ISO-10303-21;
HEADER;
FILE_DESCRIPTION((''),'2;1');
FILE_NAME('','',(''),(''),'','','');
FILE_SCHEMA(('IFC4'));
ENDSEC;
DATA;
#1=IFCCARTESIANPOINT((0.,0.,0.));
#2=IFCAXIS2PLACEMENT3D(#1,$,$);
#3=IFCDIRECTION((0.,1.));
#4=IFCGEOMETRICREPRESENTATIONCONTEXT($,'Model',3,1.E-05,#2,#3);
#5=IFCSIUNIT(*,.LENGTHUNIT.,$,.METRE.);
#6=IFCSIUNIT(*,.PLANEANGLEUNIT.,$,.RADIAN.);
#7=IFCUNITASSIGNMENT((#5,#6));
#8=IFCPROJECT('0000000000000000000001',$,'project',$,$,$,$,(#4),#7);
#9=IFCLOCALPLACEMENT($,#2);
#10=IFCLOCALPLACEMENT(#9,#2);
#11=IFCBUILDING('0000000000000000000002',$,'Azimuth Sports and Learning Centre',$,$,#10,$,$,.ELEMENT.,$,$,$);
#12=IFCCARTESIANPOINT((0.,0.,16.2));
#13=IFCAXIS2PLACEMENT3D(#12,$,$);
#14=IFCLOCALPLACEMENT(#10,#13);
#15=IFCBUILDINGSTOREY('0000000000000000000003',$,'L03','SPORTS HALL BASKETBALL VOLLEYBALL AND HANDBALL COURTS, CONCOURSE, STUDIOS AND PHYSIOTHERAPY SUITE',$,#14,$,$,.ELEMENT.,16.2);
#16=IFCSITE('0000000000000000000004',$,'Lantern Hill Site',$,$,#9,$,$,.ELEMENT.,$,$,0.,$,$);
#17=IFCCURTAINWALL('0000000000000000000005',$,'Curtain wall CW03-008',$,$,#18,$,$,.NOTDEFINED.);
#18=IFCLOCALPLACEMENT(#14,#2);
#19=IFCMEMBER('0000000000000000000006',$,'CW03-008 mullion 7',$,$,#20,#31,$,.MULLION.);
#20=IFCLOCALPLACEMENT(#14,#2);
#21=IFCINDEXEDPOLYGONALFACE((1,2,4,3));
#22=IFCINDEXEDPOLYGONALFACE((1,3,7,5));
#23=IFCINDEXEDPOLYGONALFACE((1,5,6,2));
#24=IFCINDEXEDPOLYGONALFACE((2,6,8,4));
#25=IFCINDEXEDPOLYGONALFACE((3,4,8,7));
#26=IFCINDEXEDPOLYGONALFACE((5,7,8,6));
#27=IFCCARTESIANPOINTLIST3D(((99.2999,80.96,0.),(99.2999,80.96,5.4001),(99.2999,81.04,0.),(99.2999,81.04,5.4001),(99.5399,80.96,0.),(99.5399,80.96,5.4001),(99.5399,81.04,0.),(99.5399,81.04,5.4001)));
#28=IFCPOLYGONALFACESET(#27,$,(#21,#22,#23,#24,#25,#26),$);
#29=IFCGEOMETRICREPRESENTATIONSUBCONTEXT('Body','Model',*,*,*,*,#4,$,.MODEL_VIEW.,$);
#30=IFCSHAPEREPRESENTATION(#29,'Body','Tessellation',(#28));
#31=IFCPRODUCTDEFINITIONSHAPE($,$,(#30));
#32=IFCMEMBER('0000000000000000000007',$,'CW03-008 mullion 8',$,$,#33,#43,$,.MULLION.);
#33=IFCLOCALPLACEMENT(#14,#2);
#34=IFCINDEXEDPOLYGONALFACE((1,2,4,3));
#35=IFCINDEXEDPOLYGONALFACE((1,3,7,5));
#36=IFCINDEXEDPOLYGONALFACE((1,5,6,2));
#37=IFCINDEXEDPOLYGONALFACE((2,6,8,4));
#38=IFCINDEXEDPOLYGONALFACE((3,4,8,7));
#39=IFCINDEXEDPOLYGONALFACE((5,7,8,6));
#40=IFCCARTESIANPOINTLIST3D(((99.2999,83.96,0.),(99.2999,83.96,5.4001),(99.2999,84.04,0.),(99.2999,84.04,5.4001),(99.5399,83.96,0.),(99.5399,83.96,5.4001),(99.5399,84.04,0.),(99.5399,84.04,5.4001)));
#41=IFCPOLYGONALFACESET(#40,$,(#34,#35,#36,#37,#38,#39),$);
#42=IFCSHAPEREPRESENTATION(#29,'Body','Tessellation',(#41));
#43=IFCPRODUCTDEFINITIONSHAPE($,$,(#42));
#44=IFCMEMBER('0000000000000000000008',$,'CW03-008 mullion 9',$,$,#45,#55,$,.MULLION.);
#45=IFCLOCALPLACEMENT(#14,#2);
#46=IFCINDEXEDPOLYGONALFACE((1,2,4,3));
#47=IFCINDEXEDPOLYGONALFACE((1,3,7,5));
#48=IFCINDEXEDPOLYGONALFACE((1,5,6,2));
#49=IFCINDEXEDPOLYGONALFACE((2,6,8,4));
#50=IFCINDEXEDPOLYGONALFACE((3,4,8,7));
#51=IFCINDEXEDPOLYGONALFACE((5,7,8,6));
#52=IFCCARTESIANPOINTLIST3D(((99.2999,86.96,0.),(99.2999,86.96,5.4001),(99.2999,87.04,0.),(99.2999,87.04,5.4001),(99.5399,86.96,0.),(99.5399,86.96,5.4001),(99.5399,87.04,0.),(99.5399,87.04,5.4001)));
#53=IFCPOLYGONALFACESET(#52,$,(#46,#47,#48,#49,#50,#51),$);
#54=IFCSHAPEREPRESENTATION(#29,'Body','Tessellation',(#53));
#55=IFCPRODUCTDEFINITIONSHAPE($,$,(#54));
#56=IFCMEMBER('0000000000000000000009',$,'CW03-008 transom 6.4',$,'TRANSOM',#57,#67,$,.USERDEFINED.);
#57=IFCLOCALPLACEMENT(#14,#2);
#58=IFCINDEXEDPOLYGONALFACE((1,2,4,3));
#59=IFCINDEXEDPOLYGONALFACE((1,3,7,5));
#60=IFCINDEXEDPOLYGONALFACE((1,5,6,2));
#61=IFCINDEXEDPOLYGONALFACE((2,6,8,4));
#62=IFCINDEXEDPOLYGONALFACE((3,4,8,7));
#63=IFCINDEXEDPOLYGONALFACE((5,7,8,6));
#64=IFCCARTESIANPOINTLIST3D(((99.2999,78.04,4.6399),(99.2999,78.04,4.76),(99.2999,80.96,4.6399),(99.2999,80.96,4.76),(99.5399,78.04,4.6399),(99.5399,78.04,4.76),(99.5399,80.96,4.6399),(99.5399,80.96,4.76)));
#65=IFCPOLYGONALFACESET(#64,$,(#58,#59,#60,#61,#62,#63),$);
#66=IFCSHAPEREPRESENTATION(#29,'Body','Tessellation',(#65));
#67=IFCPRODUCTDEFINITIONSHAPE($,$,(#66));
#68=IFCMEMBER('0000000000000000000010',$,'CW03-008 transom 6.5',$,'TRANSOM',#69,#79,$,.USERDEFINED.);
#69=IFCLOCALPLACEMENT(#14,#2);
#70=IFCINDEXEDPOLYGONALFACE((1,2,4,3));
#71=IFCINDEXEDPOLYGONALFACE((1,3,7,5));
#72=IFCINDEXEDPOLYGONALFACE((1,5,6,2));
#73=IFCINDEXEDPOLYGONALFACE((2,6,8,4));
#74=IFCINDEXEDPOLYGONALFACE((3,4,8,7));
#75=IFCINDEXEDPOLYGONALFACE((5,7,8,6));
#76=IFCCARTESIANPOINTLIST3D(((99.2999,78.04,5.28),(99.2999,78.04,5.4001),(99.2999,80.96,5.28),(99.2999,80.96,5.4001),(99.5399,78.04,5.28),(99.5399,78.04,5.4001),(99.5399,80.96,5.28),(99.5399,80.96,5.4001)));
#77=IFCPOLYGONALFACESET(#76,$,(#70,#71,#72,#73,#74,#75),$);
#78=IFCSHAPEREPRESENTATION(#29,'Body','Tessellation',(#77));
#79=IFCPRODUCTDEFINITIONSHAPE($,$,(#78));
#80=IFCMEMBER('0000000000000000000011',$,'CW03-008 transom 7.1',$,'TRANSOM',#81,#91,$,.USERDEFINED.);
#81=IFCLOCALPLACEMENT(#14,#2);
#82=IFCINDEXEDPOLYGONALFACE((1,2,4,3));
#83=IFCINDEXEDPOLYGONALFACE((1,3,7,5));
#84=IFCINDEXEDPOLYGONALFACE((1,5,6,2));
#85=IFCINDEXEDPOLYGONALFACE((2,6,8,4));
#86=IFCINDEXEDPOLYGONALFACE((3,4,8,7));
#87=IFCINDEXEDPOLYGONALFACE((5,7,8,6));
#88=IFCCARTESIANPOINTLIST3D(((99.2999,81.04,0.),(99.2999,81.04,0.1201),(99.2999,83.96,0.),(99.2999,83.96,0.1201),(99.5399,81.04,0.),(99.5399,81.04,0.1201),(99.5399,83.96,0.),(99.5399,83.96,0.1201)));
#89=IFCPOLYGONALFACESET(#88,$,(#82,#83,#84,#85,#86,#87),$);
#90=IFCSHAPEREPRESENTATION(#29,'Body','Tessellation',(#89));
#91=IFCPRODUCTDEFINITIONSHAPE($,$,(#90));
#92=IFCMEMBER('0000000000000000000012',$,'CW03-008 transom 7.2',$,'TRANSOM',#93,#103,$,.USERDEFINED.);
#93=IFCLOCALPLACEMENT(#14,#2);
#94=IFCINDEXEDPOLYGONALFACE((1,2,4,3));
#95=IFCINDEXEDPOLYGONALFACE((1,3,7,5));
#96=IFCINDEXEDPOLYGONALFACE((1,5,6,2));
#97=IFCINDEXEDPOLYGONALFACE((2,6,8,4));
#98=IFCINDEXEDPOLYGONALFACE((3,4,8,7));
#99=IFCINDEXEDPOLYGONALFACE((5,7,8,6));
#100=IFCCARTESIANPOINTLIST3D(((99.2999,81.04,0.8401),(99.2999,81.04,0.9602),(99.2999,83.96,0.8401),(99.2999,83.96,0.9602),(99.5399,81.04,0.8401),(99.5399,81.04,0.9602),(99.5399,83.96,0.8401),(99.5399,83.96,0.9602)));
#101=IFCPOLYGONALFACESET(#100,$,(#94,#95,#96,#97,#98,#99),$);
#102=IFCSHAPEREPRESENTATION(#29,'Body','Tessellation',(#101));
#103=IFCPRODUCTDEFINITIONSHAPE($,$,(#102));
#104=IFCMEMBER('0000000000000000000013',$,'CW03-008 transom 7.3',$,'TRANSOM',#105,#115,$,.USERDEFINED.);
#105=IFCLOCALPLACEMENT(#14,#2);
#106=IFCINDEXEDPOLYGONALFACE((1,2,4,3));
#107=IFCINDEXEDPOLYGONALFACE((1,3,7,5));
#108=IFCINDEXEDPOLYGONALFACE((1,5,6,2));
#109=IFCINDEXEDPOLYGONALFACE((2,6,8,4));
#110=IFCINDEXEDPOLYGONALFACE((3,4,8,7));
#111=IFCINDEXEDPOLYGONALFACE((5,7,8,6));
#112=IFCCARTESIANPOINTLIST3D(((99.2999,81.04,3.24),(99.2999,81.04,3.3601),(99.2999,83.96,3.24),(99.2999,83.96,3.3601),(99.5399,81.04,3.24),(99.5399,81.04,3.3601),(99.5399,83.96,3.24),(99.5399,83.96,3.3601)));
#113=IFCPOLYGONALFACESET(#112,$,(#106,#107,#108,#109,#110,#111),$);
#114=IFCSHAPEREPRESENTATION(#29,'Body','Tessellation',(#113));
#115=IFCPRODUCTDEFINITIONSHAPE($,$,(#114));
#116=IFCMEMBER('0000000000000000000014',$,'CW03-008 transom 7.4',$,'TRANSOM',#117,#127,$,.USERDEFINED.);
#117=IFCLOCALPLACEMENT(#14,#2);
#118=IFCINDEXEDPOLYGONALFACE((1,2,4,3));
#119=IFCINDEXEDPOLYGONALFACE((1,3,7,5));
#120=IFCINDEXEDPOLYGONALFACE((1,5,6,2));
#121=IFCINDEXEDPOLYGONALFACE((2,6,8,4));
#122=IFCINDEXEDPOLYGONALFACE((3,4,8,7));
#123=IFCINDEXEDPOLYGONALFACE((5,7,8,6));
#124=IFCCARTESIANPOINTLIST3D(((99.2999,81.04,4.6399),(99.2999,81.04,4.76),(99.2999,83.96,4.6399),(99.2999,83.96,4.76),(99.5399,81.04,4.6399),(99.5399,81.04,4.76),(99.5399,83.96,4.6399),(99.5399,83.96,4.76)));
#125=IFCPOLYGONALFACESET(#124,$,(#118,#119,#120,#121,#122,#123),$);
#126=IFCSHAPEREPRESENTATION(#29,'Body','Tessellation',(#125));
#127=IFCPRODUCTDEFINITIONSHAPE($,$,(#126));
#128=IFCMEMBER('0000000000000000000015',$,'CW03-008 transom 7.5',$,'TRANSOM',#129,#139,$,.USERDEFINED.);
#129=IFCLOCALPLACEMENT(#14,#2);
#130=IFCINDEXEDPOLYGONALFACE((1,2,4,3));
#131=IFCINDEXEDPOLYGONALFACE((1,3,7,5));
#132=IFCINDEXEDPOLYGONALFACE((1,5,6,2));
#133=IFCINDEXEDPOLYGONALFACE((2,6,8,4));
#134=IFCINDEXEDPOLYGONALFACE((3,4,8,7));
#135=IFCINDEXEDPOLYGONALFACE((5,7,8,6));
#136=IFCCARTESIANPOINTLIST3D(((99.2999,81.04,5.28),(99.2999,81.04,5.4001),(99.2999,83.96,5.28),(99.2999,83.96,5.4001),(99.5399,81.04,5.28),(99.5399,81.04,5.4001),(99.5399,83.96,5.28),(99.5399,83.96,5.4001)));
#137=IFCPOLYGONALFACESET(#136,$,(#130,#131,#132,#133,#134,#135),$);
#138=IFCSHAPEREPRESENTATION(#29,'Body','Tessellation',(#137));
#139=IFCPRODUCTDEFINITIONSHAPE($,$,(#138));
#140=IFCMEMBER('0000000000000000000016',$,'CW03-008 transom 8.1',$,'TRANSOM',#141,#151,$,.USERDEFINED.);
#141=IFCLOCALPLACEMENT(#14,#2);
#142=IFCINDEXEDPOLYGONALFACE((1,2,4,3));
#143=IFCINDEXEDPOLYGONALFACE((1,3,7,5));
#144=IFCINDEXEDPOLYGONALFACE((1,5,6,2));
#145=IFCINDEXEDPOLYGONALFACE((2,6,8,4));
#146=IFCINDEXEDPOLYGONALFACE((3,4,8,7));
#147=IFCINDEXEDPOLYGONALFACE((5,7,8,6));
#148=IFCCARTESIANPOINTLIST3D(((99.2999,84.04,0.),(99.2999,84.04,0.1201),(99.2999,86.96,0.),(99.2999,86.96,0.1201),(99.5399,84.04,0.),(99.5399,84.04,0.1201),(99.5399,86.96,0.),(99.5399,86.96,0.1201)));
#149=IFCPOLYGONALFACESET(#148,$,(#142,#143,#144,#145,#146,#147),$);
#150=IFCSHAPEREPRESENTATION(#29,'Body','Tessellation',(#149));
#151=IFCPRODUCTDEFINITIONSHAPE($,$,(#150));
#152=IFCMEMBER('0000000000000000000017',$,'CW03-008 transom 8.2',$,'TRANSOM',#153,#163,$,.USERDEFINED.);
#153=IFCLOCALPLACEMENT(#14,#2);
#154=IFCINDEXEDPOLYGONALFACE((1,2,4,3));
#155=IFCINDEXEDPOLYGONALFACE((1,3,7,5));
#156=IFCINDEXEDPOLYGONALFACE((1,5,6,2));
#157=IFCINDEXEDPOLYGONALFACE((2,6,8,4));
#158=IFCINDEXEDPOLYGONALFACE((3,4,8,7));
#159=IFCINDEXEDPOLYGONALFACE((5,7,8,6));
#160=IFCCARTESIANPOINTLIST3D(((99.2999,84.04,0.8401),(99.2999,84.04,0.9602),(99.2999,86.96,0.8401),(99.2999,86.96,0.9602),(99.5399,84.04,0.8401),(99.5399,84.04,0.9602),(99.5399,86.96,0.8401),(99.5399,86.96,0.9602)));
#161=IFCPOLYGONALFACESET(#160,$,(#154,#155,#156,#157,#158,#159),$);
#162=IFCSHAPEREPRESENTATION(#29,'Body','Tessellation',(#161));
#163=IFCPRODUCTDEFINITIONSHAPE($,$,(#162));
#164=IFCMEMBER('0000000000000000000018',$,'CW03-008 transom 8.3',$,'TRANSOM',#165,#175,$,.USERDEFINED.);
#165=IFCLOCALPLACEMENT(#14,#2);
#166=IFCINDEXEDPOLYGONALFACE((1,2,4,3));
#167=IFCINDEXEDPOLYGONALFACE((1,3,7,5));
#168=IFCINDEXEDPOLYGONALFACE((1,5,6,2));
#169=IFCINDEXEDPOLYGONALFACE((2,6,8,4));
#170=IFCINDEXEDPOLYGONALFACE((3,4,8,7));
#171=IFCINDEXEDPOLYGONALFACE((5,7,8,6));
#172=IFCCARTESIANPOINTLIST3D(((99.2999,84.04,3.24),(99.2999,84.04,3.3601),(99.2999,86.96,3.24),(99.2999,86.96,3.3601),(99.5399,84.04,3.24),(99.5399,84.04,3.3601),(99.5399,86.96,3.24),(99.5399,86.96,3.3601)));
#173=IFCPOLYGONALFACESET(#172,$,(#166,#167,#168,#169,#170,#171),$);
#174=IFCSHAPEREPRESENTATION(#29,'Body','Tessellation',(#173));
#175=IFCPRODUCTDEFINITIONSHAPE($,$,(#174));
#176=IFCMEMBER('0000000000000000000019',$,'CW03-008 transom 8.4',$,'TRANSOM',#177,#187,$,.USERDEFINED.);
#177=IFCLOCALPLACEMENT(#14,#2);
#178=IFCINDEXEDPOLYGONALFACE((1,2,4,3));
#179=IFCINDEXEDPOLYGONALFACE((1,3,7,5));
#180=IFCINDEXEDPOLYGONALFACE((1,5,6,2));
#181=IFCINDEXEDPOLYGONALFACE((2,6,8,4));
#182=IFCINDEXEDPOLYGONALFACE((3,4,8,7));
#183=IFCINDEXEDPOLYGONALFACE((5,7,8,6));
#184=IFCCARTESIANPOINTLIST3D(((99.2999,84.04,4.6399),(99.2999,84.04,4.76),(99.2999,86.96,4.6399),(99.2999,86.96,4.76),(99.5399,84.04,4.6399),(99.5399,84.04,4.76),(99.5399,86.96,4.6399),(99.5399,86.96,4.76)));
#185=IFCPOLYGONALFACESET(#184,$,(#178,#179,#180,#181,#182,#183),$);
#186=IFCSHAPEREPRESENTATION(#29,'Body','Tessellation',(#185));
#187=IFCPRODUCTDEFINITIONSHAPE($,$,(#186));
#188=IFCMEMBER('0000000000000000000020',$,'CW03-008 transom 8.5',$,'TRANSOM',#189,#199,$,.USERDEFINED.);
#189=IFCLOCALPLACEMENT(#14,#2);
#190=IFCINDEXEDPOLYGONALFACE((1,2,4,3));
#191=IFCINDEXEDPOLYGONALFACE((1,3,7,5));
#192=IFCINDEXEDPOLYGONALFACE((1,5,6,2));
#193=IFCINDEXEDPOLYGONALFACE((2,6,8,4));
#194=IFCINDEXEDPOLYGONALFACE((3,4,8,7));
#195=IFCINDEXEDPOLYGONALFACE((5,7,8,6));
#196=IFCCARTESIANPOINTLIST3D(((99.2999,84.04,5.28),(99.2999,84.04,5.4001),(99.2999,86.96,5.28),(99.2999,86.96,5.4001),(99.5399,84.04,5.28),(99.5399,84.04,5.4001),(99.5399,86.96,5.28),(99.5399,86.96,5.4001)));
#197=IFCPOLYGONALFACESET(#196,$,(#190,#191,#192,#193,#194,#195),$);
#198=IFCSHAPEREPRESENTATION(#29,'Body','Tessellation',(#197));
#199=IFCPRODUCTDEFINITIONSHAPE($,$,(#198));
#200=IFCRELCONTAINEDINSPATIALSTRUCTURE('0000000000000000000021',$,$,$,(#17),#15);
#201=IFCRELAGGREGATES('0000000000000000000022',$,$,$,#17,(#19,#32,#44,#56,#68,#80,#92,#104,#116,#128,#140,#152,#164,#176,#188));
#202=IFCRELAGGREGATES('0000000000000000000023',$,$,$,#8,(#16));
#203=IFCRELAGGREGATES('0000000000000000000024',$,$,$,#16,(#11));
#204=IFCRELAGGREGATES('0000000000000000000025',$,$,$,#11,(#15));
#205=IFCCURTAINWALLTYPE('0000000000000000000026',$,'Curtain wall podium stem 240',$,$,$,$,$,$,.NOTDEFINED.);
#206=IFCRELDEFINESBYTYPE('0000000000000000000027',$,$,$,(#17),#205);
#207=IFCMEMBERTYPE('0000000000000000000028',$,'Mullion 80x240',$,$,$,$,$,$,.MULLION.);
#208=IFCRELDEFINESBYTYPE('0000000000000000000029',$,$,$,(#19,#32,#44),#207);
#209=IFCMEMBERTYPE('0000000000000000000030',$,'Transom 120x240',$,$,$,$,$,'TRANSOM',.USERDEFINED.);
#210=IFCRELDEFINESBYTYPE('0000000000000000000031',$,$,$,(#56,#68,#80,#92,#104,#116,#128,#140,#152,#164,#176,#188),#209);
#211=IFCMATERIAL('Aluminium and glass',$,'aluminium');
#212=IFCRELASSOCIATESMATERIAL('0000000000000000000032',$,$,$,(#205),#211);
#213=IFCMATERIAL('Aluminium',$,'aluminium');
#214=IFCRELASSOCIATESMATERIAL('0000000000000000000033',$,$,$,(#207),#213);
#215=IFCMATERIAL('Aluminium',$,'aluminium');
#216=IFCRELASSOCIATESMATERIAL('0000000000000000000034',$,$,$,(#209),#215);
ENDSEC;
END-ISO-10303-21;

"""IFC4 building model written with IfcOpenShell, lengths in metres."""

from ifc_helpers import new_model, si_unit, direction, frame, origin, origin_2d, place, context, subcontext, project, spatial, rectangle, extrude, material, material_profile, profile_set, type_object, element, aggregate, save


model = new_model("IFC4")

# Units and contexts
model_context = context("Model", 3, precision=1e-05, world=origin(), true_north=direction((0.0, 1.0)))
body_context = subcontext(model_context, "Body", "Model", "MODEL_VIEW")
ifc_project = project(units=[si_unit("LENGTHUNIT", "METRE"), si_unit("PLANEANGLEUNIT", "RADIAN")], contexts=[model_context])

# Site, building, storey
site_placement = place(None, origin())
site = spatial("IfcSite", under=ifc_project, at=site_placement, Name="Lantern Hill Site", CompositionType="ELEMENT", RefElevation=0.0)
building_placement = place(site_placement, origin())
building = spatial("IfcBuilding", under=site, at=building_placement, Name="Azimuth Sports and Learning Centre", CompositionType="ELEMENT")
storey_placement = place(building_placement, frame((0.0, 0.0, 16.2)))
storey = spatial("IfcBuildingStorey", under=building, at=storey_placement, Name="L03", Description="SPORTS HALL BASKETBALL VOLLEYBALL AND HANDBALL COURTS, CONCOURSE, STUDIOS AND PHYSIOTHERAPY SUITE", CompositionType="ELEMENT", Elevation=16.2)

# Curtain wall, members
ifc_material_1 = material(Name="Aluminium and glass", Category="aluminium")
curtain_wall_type = type_object("IfcCurtainWallType", Name="Curtain wall podium stem 240", PredefinedType="NOTDEFINED", material=ifc_material_1)
curtain_wall_placement = place(storey_placement, origin())
curtain_wall = element("IfcCurtainWall", 1, at=curtain_wall_placement, inside=storey, type_object=curtain_wall_type, Name="Curtain wall CW03-008", PredefinedType="NOTDEFINED")
ifc_material_2 = material(Name="Aluminium", Category="aluminium")
ifc_material_profile_1 = material_profile(ifc_material_2, rectangle(XDim=0.24, YDim=0.0801, at=origin_2d()), Name="Mullion 80x240")
ifc_profile_set_1 = profile_set([ifc_material_profile_1], Name="Aluminium")
member_type_1 = type_object("IfcMemberType", Name="Mullion 80x240", PredefinedType="MULLION", material=ifc_profile_set_1)
member_1_placement = place(storey_placement, frame((99.4199, 81.0, 0.0), z_axis=(0.0, 0.0, 1.0), x_axis=(-1.0, 0.0, 0.0)))
member_1 = element("IfcMember", 2, at=member_1_placement, type_object=member_type_1, Name="CW03-008 mullion 7", PredefinedType="MULLION", context=body_context, shape_type="SweptSolid", body=[
    extrude(rectangle(XDim=0.24, YDim=0.0801, at=origin_2d()), origin(), (0.0, 0.0, 1.0), 5.4001),
])
member_2_placement = place(storey_placement, frame((99.4199, 84.0, 0.0), z_axis=(0.0, 0.0, 1.0), x_axis=(-1.0, 0.0, 0.0)))
member_2 = element("IfcMember", 3, at=member_2_placement, type_object=member_type_1, Name="CW03-008 mullion 8", PredefinedType="MULLION", context=body_context, shape_type="SweptSolid", body=[
    extrude(rectangle(XDim=0.24, YDim=0.0801, at=origin_2d()), origin(), (0.0, 0.0, 1.0), 5.4001),
])
member_3_placement = place(storey_placement, frame((99.4199, 87.0, 0.0), z_axis=(0.0, 0.0, 1.0), x_axis=(-1.0, 0.0, 0.0)))
member_3 = element("IfcMember", 4, at=member_3_placement, type_object=member_type_1, Name="CW03-008 mullion 9", PredefinedType="MULLION", context=body_context, shape_type="SweptSolid", body=[
    extrude(rectangle(XDim=0.24, YDim=0.0801, at=origin_2d()), origin(), (0.0, 0.0, 1.0), 5.4001),
])
ifc_material_3 = material(Name="Aluminium", Category="aluminium")
ifc_material_profile_2 = material_profile(ifc_material_3, rectangle(XDim=0.24, YDim=0.1201, at=origin_2d()), Name="Transom 120x240")
ifc_profile_set_2 = profile_set([ifc_material_profile_2], Name="Aluminium")
member_type_2 = type_object("IfcMemberType", Name="Transom 120x240", ElementType="TRANSOM", PredefinedType="USERDEFINED", material=ifc_profile_set_2)
member_4_placement = place(storey_placement, frame((99.4199, 78.04, 4.7), z_axis=(0.0, 1.0, 0.0), x_axis=(-1.0, 0.0, 0.0)))
member_4 = element("IfcMember", 5, at=member_4_placement, type_object=member_type_2, Name="CW03-008 transom 6.4", ObjectType="TRANSOM", PredefinedType="USERDEFINED", context=body_context, shape_type="SweptSolid", body=[
    extrude(rectangle(XDim=0.24, YDim=0.1201, at=origin_2d()), origin(), (0.0, 0.0, 1.0), 2.9199),
])
member_5_placement = place(storey_placement, frame((99.4199, 78.04, 5.3401), z_axis=(0.0, 1.0, 0.0), x_axis=(-1.0, 0.0, 0.0)))
member_5 = element("IfcMember", 6, at=member_5_placement, type_object=member_type_2, Name="CW03-008 transom 6.5", ObjectType="TRANSOM", PredefinedType="USERDEFINED", context=body_context, shape_type="SweptSolid", body=[
    extrude(rectangle(XDim=0.24, YDim=0.1201, at=origin_2d()), origin(), (0.0, 0.0, 1.0), 2.9199),
])
member_6_placement = place(storey_placement, frame((99.4199, 81.04, 0.0601), z_axis=(0.0, 1.0, 0.0), x_axis=(-1.0, 0.0, 0.0)))
member_6 = element("IfcMember", 7, at=member_6_placement, type_object=member_type_2, Name="CW03-008 transom 7.1", ObjectType="TRANSOM", PredefinedType="USERDEFINED", context=body_context, shape_type="SweptSolid", body=[
    extrude(rectangle(XDim=0.24, YDim=0.1201, at=origin_2d()), origin(), (0.0, 0.0, 1.0), 2.9199),
])
member_7_placement = place(storey_placement, frame((99.4199, 81.04, 0.9001), z_axis=(0.0, 1.0, 0.0), x_axis=(-1.0, 0.0, 0.0)))
member_7 = element("IfcMember", 8, at=member_7_placement, type_object=member_type_2, Name="CW03-008 transom 7.2", ObjectType="TRANSOM", PredefinedType="USERDEFINED", context=body_context, shape_type="SweptSolid", body=[
    extrude(rectangle(XDim=0.24, YDim=0.1201, at=origin_2d()), origin(), (0.0, 0.0, 1.0), 2.9199),
])
member_8_placement = place(storey_placement, frame((99.4199, 81.04, 3.3), z_axis=(0.0, 1.0, 0.0), x_axis=(-1.0, 0.0, 0.0)))
member_8 = element("IfcMember", 9, at=member_8_placement, type_object=member_type_2, Name="CW03-008 transom 7.3", ObjectType="TRANSOM", PredefinedType="USERDEFINED", context=body_context, shape_type="SweptSolid", body=[
    extrude(rectangle(XDim=0.24, YDim=0.1201, at=origin_2d()), origin(), (0.0, 0.0, 1.0), 2.9199),
])
member_9_placement = place(storey_placement, frame((99.4199, 81.04, 4.7), z_axis=(0.0, 1.0, 0.0), x_axis=(-1.0, 0.0, 0.0)))
member_9 = element("IfcMember", 10, at=member_9_placement, type_object=member_type_2, Name="CW03-008 transom 7.4", ObjectType="TRANSOM", PredefinedType="USERDEFINED", context=body_context, shape_type="SweptSolid", body=[
    extrude(rectangle(XDim=0.24, YDim=0.1201, at=origin_2d()), origin(), (0.0, 0.0, 1.0), 2.9199),
])
member_10_placement = place(storey_placement, frame((99.4199, 81.04, 5.3401), z_axis=(0.0, 1.0, 0.0), x_axis=(-1.0, 0.0, 0.0)))
member_10 = element("IfcMember", 11, at=member_10_placement, type_object=member_type_2, Name="CW03-008 transom 7.5", ObjectType="TRANSOM", PredefinedType="USERDEFINED", context=body_context, shape_type="SweptSolid", body=[
    extrude(rectangle(XDim=0.24, YDim=0.1201, at=origin_2d()), origin(), (0.0, 0.0, 1.0), 2.9199),
])
member_11_placement = place(storey_placement, frame((99.4199, 84.04, 0.0601), z_axis=(0.0, 1.0, 0.0), x_axis=(-1.0, 0.0, 0.0)))
member_11 = element("IfcMember", 12, at=member_11_placement, type_object=member_type_2, Name="CW03-008 transom 8.1", ObjectType="TRANSOM", PredefinedType="USERDEFINED", context=body_context, shape_type="SweptSolid", body=[
    extrude(rectangle(XDim=0.24, YDim=0.1201, at=origin_2d()), origin(), (0.0, 0.0, 1.0), 2.9199),
])
member_12_placement = place(storey_placement, frame((99.4199, 84.04, 0.9001), z_axis=(0.0, 1.0, 0.0), x_axis=(-1.0, 0.0, 0.0)))
member_12 = element("IfcMember", 13, at=member_12_placement, type_object=member_type_2, Name="CW03-008 transom 8.2", ObjectType="TRANSOM", PredefinedType="USERDEFINED", context=body_context, shape_type="SweptSolid", body=[
    extrude(rectangle(XDim=0.24, YDim=0.1201, at=origin_2d()), origin(), (0.0, 0.0, 1.0), 2.9199),
])
member_13_placement = place(storey_placement, frame((99.4199, 84.04, 3.3), z_axis=(0.0, 1.0, 0.0), x_axis=(-1.0, 0.0, 0.0)))
member_13 = element("IfcMember", 14, at=member_13_placement, type_object=member_type_2, Name="CW03-008 transom 8.3", ObjectType="TRANSOM", PredefinedType="USERDEFINED", context=body_context, shape_type="SweptSolid", body=[
    extrude(rectangle(XDim=0.24, YDim=0.1201, at=origin_2d()), origin(), (0.0, 0.0, 1.0), 2.9199),
])
member_14_placement = place(storey_placement, frame((99.4199, 84.04, 4.7), z_axis=(0.0, 1.0, 0.0), x_axis=(-1.0, 0.0, 0.0)))
member_14 = element("IfcMember", 15, at=member_14_placement, type_object=member_type_2, Name="CW03-008 transom 8.4", ObjectType="TRANSOM", PredefinedType="USERDEFINED", context=body_context, shape_type="SweptSolid", body=[
    extrude(rectangle(XDim=0.24, YDim=0.1201, at=origin_2d()), origin(), (0.0, 0.0, 1.0), 2.9199),
])
member_15_placement = place(storey_placement, frame((99.4199, 84.04, 5.3401), z_axis=(0.0, 1.0, 0.0), x_axis=(-1.0, 0.0, 0.0)))
member_15 = element("IfcMember", 16, at=member_15_placement, type_object=member_type_2, Name="CW03-008 transom 8.5", ObjectType="TRANSOM", PredefinedType="USERDEFINED", context=body_context, shape_type="SweptSolid", body=[
    extrude(rectangle(XDim=0.24, YDim=0.1201, at=origin_2d()), origin(), (0.0, 0.0, 1.0), 2.9199),
])
aggregate(curtain_wall, [member_1, member_2, member_3, member_4, member_5, member_6, member_7, member_8, member_9, member_10, member_11, member_12, member_13, member_14, member_15])

save(model, "model.ifc")
